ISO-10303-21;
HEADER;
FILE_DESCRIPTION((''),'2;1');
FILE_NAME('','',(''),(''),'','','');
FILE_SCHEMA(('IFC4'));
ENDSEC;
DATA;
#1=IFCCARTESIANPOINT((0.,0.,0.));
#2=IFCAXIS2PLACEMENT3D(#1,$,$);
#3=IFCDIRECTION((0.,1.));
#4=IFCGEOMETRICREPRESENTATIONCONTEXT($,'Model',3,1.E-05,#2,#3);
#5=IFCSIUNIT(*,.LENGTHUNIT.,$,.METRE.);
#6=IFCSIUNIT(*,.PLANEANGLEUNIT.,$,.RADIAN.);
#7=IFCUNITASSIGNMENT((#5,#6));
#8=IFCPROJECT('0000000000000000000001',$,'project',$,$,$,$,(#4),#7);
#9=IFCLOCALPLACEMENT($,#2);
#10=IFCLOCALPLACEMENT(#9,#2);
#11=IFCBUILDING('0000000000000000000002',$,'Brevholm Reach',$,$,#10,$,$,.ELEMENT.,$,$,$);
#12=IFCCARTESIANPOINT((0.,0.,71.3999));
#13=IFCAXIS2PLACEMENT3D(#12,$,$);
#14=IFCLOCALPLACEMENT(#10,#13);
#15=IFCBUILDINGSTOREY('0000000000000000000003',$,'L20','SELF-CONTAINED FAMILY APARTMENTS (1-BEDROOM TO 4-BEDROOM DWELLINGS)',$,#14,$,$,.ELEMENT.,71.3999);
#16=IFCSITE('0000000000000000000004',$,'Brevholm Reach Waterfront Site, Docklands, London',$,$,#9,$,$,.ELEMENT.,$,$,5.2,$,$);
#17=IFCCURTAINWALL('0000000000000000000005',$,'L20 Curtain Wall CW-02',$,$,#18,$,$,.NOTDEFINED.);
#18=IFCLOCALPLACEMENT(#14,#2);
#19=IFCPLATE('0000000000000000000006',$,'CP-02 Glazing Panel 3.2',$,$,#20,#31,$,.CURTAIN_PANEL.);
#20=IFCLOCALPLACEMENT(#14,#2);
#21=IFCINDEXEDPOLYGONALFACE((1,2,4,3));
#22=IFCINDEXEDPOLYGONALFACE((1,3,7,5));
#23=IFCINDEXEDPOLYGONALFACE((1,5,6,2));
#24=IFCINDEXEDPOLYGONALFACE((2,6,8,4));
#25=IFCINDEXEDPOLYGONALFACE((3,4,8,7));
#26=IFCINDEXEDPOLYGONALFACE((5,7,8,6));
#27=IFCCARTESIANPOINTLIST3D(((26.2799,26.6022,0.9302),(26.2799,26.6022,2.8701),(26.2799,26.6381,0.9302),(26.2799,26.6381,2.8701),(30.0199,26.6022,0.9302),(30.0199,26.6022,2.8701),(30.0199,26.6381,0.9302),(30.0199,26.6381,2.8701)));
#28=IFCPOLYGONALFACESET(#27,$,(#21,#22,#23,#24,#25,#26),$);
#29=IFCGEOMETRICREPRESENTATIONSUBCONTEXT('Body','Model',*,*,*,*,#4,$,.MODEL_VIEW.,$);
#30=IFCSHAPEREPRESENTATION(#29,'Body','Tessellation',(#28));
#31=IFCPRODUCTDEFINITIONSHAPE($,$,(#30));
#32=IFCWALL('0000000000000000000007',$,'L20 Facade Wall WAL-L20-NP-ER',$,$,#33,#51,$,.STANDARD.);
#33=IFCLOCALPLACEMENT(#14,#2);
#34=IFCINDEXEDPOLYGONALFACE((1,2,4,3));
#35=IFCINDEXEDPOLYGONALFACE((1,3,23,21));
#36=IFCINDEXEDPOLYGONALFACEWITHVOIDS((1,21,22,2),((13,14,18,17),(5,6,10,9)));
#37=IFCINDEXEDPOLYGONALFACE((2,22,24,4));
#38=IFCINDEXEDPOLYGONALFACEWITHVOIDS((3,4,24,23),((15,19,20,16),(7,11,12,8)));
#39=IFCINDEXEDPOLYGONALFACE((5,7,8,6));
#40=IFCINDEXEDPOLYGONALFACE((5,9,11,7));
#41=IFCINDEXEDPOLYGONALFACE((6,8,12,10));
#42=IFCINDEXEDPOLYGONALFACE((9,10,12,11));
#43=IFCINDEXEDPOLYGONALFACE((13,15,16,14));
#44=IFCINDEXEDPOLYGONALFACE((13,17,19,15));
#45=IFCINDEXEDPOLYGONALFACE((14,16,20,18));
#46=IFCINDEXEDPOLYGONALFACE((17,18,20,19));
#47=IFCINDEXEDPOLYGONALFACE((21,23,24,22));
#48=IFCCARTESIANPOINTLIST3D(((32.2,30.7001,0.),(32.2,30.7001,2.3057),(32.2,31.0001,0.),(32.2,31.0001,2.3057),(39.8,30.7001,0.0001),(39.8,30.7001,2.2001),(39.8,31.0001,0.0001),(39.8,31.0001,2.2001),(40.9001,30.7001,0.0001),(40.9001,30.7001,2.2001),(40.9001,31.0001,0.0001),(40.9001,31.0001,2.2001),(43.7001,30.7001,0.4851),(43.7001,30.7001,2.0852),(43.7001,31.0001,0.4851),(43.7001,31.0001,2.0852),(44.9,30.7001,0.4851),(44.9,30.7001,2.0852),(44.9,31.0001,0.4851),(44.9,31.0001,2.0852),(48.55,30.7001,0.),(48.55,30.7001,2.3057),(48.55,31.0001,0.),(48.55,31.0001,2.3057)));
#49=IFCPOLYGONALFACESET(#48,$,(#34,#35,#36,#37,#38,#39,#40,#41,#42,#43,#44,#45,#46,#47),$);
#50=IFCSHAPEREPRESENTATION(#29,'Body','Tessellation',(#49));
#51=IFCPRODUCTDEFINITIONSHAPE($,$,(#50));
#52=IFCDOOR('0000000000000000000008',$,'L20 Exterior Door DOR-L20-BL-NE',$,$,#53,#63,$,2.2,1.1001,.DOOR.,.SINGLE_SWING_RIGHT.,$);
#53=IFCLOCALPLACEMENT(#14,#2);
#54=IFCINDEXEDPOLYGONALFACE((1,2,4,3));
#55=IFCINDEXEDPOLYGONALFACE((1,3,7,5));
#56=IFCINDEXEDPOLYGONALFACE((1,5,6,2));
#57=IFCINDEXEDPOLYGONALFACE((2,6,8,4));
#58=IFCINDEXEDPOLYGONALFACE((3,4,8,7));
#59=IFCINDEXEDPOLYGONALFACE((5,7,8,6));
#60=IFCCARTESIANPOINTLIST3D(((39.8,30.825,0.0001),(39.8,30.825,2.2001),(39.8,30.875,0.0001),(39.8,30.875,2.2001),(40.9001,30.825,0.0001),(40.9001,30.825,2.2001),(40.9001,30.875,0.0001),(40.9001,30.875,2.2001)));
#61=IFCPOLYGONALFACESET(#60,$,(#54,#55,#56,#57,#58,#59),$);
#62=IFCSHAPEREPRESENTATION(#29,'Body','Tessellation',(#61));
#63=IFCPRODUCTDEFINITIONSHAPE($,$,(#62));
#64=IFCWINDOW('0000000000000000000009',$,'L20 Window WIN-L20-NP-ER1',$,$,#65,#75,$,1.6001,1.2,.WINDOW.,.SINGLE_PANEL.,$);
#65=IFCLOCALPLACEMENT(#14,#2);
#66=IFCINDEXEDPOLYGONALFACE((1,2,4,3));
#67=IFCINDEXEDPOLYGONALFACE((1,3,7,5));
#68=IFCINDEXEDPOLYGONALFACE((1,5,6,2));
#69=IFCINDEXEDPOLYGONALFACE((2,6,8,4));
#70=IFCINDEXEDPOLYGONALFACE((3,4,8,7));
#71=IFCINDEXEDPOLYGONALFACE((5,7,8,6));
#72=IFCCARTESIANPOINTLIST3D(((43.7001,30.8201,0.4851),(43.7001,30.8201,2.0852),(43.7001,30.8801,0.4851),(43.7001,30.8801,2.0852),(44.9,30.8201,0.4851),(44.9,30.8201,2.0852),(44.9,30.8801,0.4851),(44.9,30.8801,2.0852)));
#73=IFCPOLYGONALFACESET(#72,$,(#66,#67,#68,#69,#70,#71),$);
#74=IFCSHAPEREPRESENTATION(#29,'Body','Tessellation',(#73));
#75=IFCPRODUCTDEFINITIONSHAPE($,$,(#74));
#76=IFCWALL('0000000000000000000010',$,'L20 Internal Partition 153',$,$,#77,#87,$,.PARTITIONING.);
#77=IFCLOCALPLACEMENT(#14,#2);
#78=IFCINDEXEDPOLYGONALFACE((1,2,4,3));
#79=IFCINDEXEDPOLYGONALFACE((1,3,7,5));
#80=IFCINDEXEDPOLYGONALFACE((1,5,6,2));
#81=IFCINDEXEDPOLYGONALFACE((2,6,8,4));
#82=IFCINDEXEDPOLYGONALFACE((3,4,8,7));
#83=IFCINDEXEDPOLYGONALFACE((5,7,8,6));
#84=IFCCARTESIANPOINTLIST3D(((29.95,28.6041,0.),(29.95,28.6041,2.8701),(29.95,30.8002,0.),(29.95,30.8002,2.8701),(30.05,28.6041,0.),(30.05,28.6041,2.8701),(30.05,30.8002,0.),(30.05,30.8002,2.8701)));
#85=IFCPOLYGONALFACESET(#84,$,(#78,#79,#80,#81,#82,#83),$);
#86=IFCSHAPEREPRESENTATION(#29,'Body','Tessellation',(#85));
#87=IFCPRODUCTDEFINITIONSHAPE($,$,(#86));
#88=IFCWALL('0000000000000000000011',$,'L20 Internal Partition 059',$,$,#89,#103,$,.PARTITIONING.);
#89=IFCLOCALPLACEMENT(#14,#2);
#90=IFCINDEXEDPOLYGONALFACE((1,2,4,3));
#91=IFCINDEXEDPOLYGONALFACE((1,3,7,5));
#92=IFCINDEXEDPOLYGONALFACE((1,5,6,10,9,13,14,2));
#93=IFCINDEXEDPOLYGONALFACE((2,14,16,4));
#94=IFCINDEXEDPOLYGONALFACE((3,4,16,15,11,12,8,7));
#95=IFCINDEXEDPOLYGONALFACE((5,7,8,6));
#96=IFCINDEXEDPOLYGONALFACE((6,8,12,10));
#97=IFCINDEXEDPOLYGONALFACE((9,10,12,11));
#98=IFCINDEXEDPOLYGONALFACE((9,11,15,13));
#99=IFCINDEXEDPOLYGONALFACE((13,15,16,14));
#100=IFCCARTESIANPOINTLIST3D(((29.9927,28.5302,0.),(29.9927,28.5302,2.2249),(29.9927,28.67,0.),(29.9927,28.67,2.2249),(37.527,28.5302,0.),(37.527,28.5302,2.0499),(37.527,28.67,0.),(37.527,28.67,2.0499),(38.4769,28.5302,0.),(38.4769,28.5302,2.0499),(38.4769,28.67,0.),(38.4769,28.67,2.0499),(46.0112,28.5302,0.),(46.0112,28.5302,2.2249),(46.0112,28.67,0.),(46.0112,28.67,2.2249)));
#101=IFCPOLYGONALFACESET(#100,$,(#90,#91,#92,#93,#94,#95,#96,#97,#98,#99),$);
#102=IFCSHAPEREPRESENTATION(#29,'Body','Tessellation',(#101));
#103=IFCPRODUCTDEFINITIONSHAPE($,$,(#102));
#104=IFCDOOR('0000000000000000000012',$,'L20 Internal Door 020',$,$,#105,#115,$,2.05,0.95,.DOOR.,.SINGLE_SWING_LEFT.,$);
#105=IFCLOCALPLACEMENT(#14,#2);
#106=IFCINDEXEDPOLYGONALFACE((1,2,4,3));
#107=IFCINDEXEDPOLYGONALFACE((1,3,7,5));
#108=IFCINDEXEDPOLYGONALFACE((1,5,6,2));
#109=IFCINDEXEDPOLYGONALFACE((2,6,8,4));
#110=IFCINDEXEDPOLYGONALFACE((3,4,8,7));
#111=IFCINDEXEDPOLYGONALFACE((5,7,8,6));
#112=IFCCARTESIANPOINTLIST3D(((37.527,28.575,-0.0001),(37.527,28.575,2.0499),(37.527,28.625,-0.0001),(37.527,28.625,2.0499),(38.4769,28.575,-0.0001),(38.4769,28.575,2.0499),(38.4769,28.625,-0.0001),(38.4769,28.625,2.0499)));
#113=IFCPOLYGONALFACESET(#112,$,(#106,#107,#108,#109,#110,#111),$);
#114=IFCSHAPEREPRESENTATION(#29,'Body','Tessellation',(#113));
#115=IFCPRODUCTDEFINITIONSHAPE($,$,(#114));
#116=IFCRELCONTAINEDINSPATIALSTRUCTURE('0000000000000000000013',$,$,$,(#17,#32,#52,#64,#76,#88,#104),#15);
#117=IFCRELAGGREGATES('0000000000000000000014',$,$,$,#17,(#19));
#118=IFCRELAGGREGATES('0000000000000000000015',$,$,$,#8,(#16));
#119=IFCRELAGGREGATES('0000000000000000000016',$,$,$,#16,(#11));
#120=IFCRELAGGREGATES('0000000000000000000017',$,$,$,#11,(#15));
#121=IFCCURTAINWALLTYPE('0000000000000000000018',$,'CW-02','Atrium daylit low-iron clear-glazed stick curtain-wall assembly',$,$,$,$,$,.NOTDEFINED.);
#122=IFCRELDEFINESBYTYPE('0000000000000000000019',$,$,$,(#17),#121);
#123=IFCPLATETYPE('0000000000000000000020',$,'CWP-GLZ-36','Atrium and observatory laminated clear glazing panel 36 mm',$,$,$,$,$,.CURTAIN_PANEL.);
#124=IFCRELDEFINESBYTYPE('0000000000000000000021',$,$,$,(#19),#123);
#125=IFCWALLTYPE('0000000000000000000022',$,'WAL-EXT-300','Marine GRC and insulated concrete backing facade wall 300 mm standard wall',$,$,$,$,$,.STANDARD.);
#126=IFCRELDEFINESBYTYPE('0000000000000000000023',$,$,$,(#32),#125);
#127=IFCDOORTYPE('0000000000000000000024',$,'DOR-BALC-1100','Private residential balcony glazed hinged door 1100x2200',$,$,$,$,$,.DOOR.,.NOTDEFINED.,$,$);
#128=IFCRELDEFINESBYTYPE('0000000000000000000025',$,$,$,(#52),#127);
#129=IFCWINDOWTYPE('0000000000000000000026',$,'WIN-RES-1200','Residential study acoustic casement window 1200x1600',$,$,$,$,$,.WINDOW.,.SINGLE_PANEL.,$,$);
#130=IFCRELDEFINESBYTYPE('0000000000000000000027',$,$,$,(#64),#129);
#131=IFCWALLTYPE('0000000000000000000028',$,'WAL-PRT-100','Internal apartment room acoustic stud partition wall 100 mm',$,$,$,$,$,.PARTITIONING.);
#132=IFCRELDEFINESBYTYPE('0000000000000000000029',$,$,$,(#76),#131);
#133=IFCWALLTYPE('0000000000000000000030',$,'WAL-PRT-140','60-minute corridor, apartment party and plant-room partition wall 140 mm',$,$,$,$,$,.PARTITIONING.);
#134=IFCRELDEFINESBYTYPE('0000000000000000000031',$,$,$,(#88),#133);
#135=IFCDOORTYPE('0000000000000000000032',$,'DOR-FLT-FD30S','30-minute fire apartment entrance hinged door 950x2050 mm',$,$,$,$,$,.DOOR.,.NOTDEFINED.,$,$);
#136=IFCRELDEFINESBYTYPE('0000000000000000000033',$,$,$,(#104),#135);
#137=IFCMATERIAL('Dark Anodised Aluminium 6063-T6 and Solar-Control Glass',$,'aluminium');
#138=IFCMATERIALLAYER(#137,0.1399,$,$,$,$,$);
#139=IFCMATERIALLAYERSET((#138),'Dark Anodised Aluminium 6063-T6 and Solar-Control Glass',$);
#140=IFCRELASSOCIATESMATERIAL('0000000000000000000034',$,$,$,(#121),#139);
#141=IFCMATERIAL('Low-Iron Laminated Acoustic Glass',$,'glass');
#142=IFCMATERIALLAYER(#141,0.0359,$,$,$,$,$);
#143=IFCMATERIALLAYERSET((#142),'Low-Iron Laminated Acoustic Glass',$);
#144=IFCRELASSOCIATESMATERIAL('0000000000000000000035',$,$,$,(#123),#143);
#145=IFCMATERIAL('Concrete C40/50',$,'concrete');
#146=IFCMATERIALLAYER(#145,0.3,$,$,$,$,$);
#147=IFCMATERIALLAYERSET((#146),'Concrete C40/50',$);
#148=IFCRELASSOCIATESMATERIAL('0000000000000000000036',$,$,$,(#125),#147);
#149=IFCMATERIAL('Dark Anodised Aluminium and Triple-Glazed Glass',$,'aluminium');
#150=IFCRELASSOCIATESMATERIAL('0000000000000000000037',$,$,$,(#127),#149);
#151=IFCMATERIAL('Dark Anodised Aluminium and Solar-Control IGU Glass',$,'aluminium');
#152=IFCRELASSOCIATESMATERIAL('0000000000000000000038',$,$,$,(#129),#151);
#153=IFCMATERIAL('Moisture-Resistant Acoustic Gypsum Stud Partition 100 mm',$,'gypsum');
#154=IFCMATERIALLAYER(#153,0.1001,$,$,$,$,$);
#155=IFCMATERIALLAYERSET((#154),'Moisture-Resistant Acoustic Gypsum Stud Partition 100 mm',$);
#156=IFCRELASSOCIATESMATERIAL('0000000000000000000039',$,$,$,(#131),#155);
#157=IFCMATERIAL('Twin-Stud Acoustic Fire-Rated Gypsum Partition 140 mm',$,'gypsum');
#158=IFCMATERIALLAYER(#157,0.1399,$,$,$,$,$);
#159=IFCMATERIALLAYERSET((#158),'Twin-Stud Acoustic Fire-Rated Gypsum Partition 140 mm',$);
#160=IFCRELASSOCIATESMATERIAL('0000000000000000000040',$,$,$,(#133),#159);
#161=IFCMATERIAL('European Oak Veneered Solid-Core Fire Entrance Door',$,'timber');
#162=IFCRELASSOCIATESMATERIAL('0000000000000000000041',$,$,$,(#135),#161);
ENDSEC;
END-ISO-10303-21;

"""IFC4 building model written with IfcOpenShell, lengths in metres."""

from ifc_helpers import new_model, si_unit, direction, frame, frame_2d, origin, origin_2d, place, context, subcontext, project, spatial, rectangle, extrude, material, layer, layer_set, type_object, element, fill, aggregate, save


model = new_model("IFC4")

# Units and contexts
model_context = context("Model", 3, precision=1e-05, world=origin(), true_north=direction((0.0, 1.0)))
body_context = subcontext(model_context, "Body", "Model", "MODEL_VIEW")
ifc_project = project(units=[si_unit("LENGTHUNIT", "METRE"), si_unit("PLANEANGLEUNIT", "RADIAN")], contexts=[model_context])

# Site, building, storey
site_placement = place(None, origin())
site = spatial("IfcSite", under=ifc_project, at=site_placement, Name="Brevholm Reach Waterfront Site, Docklands, London", CompositionType="ELEMENT", RefElevation=5.2)
building_placement = place(site_placement, origin())
building = spatial("IfcBuilding", under=site, at=building_placement, Name="Brevholm Reach", CompositionType="ELEMENT")
storey_placement = place(building_placement, frame((0.0, 0.0, 71.3999)))
storey = spatial("IfcBuildingStorey", under=building, at=storey_placement, Name="L20", Description="SELF-CONTAINED FAMILY APARTMENTS (1-BEDROOM TO 4-BEDROOM DWELLINGS)", CompositionType="ELEMENT", Elevation=71.3999)

# Curtain wall
ifc_material_1 = material(Name="Dark Anodised Aluminium 6063-T6 and Solar-Control Glass", Category="aluminium")
ifc_layer_1 = layer(ifc_material_1, 0.1399)
ifc_layer_set_1 = layer_set([ifc_layer_1], Name="Dark Anodised Aluminium 6063-T6 and Solar-Control Glass")
curtain_wall_type_1 = type_object("IfcCurtainWallType", Name="CW-02", Description="Atrium daylit low-iron clear-glazed stick curtain-wall assembly", PredefinedType="NOTDEFINED", material=ifc_layer_set_1)
curtain_wall_1_placement = place(storey_placement, origin())
curtain_wall_1 = element("IfcCurtainWall", 1, at=curtain_wall_1_placement, inside=storey, type_object=curtain_wall_type_1, Name="L20 Curtain Wall CW-02", PredefinedType="NOTDEFINED")

# Plate
ifc_material_2 = material(Name="Low-Iron Laminated Acoustic Glass", Category="glass")
ifc_layer_2 = layer(ifc_material_2, 0.0359)
ifc_layer_set_2 = layer_set([ifc_layer_2], Name="Low-Iron Laminated Acoustic Glass")
plate_type_1 = type_object("IfcPlateType", Name="CWP-GLZ-36", Description="Atrium and observatory laminated clear glazing panel 36 mm", PredefinedType="CURTAIN_PANEL", material=ifc_layer_set_2)
plate_1_placement = place(storey_placement, frame((28.1499, 26.6201, 0.9302), z_axis=(0.0, 0.0, 1.0), x_axis=(-1.0, 0.0, 0.0)))
plate_1 = element("IfcPlate", 2, at=plate_1_placement, type_object=plate_type_1, Name="CP-02 Glazing Panel 3.2", PredefinedType="CURTAIN_PANEL", context=body_context, shape_type="SweptSolid", body=[
    extrude(rectangle(XDim=3.74, YDim=0.0359, at=origin_2d()), origin(), (0.0, 0.0, 1.0), 1.9399),
])
aggregate(curtain_wall_1, [plate_1])

# Wall, openings, door, window
ifc_material_3 = material(Name="Concrete C40/50", Category="concrete")
ifc_layer_3 = layer(ifc_material_3, 0.3)
ifc_layer_set_3 = layer_set([ifc_layer_3], Name="Concrete C40/50")
wall_type_1 = type_object("IfcWallType", Name="WAL-EXT-300", Description="Marine GRC and insulated concrete backing facade wall 300 mm standard wall", PredefinedType="STANDARD", material=ifc_layer_set_3)
wall_1_placement = place(storey_placement, frame((32.2, 30.8501, 0.0), z_axis=(0.0, 0.0, 1.0), x_axis=(1.0, 0.0, 0.0)))
wall_1 = element("IfcWall", 3, at=wall_1_placement, inside=storey, type_object=wall_type_1, Name="L20 Facade Wall WAL-L20-NP-ER", PredefinedType="STANDARD", context=body_context, shape_type="SweptSolid", body=[
    extrude(rectangle(XDim=16.3501, YDim=0.3, at=frame_2d((8.175, 0.0))), origin(), (0.0, 0.0, 1.0), 2.3057),
])
opening_1_placement = place(wall_1_placement, frame((7.6001, 0.0, 0.0)))
opening_1 = element("IfcOpeningElement", 4, at=opening_1_placement, cuts=wall_1, PredefinedType="OPENING", context=body_context, shape_type="SweptSolid", body=[
    extrude(rectangle(XDim=1.1001, YDim=2.2, at=frame_2d((0.55, 1.1001))), frame((0.0, 0.1599, 0.0), z_axis=(0.0, -1.0, 0.0), x_axis=(1.0, 0.0, 0.0)), (0.0, 0.0, 1.0), 0.3201),
])
opening_2_placement = place(wall_1_placement, frame((11.5, 0.0, 0.4851)))
opening_2 = element("IfcOpeningElement", 5, at=opening_2_placement, cuts=wall_1, PredefinedType="OPENING", context=body_context, shape_type="SweptSolid", body=[
    extrude(rectangle(XDim=1.2, YDim=1.6001, at=frame_2d((0.6001, 0.8))), frame((0.0, 0.1599, 0.0), z_axis=(0.0, -1.0, 0.0), x_axis=(1.0, 0.0, 0.0)), (0.0, 0.0, 1.0), 0.3201),
])
ifc_material_4 = material(Name="Dark Anodised Aluminium and Triple-Glazed Glass", Category="aluminium")
door_type_1 = type_object("IfcDoorType", Name="DOR-BALC-1100", Description="Private residential balcony glazed hinged door 1100x2200", OperationType="NOTDEFINED", PredefinedType="DOOR", material=ifc_material_4)
door_1_placement = place(opening_1_placement, origin())
door_1 = element("IfcDoor", 6, at=door_1_placement, inside=storey, type_object=door_type_1, Name="L20 Exterior Door DOR-L20-BL-NE", OperationType="SINGLE_SWING_RIGHT", OverallHeight=2.2, OverallWidth=1.1001, PredefinedType="DOOR", context=body_context, shape_type="SweptSolid", body=[
    extrude(rectangle(XDim=1.1001, YDim=2.2, at=frame_2d((0.55, 1.1001))), frame((0.0, 0.0249, 0.0), z_axis=(0.0, -1.0, 0.0), x_axis=(1.0, 0.0, 0.0)), (0.0, 0.0, 1.0), 0.05),
])
fill(opening_1, door_1)
ifc_material_5 = material(Name="Dark Anodised Aluminium and Solar-Control IGU Glass", Category="aluminium")
window_type = type_object("IfcWindowType", Name="WIN-RES-1200", Description="Residential study acoustic casement window 1200x1600", PartitioningType="SINGLE_PANEL", PredefinedType="WINDOW", material=ifc_material_5)
window_placement = place(opening_2_placement, origin())
window = element("IfcWindow", 7, at=window_placement, inside=storey, type_object=window_type, Name="L20 Window WIN-L20-NP-ER1", OverallHeight=1.6001, OverallWidth=1.2, PartitioningType="SINGLE_PANEL", PredefinedType="WINDOW", context=body_context, shape_type="SweptSolid", body=[
    extrude(rectangle(XDim=1.2, YDim=1.6001, at=frame_2d((0.6001, 0.8))), frame((0.0, 0.03, 0.0), z_axis=(0.0, -1.0, 0.0), x_axis=(1.0, 0.0, 0.0)), (0.0, 0.0, 1.0), 0.0601),
])
fill(opening_2, window)

# Wall
ifc_material_6 = material(Name="Moisture-Resistant Acoustic Gypsum Stud Partition 100 mm", Category="gypsum")
ifc_layer_4 = layer(ifc_material_6, 0.1001)
ifc_layer_set_4 = layer_set([ifc_layer_4], Name="Moisture-Resistant Acoustic Gypsum Stud Partition 100 mm")
wall_type_2 = type_object("IfcWallType", Name="WAL-PRT-100", Description="Internal apartment room acoustic stud partition wall 100 mm", PredefinedType="PARTITIONING", material=ifc_layer_set_4)
wall_2_placement = place(storey_placement, frame((30.0, 28.604, 0.0), z_axis=(0.0, 0.0, 1.0), x_axis=(0.0, 1.0, 0.0)))
element("IfcWall", 8, at=wall_2_placement, inside=storey, type_object=wall_type_2, Name="L20 Internal Partition 153", PredefinedType="PARTITIONING", context=body_context, shape_type="SweptSolid", body=[
    extrude(rectangle(XDim=2.196, YDim=0.1001, at=frame_2d((1.0981, 0.0))), origin(), (0.0, 0.0, 1.0), 2.8701),
])

# Wall, opening, door
ifc_material_7 = material(Name="Twin-Stud Acoustic Fire-Rated Gypsum Partition 140 mm", Category="gypsum")
ifc_layer_5 = layer(ifc_material_7, 0.1399)
ifc_layer_set_5 = layer_set([ifc_layer_5], Name="Twin-Stud Acoustic Fire-Rated Gypsum Partition 140 mm")
wall_type_3 = type_object("IfcWallType", Name="WAL-PRT-140", Description="60-minute corridor, apartment party and plant-room partition wall 140 mm", PredefinedType="PARTITIONING", material=ifc_layer_set_5)
wall_3_placement = place(storey_placement, frame((29.9927, 28.6001, 0.0), z_axis=(0.0, 0.0, 1.0), x_axis=(1.0, 0.0, 0.0)))
wall_3 = element("IfcWall", 9, at=wall_3_placement, inside=storey, type_object=wall_type_3, Name="L20 Internal Partition 059", PredefinedType="PARTITIONING", context=body_context, shape_type="SweptSolid", body=[
    extrude(rectangle(XDim=16.0186, YDim=0.1399, at=frame_2d((8.0093, 0.0))), origin(), (0.0, 0.0, 1.0), 2.2249),
])
opening_3_placement = place(wall_3_placement, frame((7.5342, 0.0, 0.0)))
opening_3 = element("IfcOpeningElement", 10, at=opening_3_placement, cuts=wall_3, PredefinedType="OPENING", context=body_context, shape_type="SweptSolid", body=[
    extrude(rectangle(XDim=0.95, YDim=2.05, at=frame_2d((0.4751, 1.0249))), frame((0.0, 0.0798, 0.0), z_axis=(0.0, -1.0, 0.0), x_axis=(1.0, 0.0, 0.0)), (0.0, 0.0, 1.0), 0.1599),
])
ifc_material_8 = material(Name="European Oak Veneered Solid-Core Fire Entrance Door", Category="timber")
door_type_2 = type_object("IfcDoorType", Name="DOR-FLT-FD30S", Description="30-minute fire apartment entrance hinged door 950x2050 mm", OperationType="NOTDEFINED", PredefinedType="DOOR", material=ifc_material_8)
door_2_placement = place(opening_3_placement, origin())
door_2 = element("IfcDoor", 11, at=door_2_placement, inside=storey, type_object=door_type_2, Name="L20 Internal Door 020", OperationType="SINGLE_SWING_LEFT", OverallHeight=2.05, OverallWidth=0.95, PredefinedType="DOOR", context=body_context, shape_type="SweptSolid", body=[
    extrude(rectangle(XDim=0.95, YDim=2.05, at=frame_2d((0.4751, 1.0249))), frame((0.0, 0.0249, 0.0), z_axis=(0.0, -1.0, 0.0), x_axis=(1.0, 0.0, 0.0)), (0.0, 0.0, 1.0), 0.05),
])
fill(opening_3, door_2)

save(model, "model.ifc")
